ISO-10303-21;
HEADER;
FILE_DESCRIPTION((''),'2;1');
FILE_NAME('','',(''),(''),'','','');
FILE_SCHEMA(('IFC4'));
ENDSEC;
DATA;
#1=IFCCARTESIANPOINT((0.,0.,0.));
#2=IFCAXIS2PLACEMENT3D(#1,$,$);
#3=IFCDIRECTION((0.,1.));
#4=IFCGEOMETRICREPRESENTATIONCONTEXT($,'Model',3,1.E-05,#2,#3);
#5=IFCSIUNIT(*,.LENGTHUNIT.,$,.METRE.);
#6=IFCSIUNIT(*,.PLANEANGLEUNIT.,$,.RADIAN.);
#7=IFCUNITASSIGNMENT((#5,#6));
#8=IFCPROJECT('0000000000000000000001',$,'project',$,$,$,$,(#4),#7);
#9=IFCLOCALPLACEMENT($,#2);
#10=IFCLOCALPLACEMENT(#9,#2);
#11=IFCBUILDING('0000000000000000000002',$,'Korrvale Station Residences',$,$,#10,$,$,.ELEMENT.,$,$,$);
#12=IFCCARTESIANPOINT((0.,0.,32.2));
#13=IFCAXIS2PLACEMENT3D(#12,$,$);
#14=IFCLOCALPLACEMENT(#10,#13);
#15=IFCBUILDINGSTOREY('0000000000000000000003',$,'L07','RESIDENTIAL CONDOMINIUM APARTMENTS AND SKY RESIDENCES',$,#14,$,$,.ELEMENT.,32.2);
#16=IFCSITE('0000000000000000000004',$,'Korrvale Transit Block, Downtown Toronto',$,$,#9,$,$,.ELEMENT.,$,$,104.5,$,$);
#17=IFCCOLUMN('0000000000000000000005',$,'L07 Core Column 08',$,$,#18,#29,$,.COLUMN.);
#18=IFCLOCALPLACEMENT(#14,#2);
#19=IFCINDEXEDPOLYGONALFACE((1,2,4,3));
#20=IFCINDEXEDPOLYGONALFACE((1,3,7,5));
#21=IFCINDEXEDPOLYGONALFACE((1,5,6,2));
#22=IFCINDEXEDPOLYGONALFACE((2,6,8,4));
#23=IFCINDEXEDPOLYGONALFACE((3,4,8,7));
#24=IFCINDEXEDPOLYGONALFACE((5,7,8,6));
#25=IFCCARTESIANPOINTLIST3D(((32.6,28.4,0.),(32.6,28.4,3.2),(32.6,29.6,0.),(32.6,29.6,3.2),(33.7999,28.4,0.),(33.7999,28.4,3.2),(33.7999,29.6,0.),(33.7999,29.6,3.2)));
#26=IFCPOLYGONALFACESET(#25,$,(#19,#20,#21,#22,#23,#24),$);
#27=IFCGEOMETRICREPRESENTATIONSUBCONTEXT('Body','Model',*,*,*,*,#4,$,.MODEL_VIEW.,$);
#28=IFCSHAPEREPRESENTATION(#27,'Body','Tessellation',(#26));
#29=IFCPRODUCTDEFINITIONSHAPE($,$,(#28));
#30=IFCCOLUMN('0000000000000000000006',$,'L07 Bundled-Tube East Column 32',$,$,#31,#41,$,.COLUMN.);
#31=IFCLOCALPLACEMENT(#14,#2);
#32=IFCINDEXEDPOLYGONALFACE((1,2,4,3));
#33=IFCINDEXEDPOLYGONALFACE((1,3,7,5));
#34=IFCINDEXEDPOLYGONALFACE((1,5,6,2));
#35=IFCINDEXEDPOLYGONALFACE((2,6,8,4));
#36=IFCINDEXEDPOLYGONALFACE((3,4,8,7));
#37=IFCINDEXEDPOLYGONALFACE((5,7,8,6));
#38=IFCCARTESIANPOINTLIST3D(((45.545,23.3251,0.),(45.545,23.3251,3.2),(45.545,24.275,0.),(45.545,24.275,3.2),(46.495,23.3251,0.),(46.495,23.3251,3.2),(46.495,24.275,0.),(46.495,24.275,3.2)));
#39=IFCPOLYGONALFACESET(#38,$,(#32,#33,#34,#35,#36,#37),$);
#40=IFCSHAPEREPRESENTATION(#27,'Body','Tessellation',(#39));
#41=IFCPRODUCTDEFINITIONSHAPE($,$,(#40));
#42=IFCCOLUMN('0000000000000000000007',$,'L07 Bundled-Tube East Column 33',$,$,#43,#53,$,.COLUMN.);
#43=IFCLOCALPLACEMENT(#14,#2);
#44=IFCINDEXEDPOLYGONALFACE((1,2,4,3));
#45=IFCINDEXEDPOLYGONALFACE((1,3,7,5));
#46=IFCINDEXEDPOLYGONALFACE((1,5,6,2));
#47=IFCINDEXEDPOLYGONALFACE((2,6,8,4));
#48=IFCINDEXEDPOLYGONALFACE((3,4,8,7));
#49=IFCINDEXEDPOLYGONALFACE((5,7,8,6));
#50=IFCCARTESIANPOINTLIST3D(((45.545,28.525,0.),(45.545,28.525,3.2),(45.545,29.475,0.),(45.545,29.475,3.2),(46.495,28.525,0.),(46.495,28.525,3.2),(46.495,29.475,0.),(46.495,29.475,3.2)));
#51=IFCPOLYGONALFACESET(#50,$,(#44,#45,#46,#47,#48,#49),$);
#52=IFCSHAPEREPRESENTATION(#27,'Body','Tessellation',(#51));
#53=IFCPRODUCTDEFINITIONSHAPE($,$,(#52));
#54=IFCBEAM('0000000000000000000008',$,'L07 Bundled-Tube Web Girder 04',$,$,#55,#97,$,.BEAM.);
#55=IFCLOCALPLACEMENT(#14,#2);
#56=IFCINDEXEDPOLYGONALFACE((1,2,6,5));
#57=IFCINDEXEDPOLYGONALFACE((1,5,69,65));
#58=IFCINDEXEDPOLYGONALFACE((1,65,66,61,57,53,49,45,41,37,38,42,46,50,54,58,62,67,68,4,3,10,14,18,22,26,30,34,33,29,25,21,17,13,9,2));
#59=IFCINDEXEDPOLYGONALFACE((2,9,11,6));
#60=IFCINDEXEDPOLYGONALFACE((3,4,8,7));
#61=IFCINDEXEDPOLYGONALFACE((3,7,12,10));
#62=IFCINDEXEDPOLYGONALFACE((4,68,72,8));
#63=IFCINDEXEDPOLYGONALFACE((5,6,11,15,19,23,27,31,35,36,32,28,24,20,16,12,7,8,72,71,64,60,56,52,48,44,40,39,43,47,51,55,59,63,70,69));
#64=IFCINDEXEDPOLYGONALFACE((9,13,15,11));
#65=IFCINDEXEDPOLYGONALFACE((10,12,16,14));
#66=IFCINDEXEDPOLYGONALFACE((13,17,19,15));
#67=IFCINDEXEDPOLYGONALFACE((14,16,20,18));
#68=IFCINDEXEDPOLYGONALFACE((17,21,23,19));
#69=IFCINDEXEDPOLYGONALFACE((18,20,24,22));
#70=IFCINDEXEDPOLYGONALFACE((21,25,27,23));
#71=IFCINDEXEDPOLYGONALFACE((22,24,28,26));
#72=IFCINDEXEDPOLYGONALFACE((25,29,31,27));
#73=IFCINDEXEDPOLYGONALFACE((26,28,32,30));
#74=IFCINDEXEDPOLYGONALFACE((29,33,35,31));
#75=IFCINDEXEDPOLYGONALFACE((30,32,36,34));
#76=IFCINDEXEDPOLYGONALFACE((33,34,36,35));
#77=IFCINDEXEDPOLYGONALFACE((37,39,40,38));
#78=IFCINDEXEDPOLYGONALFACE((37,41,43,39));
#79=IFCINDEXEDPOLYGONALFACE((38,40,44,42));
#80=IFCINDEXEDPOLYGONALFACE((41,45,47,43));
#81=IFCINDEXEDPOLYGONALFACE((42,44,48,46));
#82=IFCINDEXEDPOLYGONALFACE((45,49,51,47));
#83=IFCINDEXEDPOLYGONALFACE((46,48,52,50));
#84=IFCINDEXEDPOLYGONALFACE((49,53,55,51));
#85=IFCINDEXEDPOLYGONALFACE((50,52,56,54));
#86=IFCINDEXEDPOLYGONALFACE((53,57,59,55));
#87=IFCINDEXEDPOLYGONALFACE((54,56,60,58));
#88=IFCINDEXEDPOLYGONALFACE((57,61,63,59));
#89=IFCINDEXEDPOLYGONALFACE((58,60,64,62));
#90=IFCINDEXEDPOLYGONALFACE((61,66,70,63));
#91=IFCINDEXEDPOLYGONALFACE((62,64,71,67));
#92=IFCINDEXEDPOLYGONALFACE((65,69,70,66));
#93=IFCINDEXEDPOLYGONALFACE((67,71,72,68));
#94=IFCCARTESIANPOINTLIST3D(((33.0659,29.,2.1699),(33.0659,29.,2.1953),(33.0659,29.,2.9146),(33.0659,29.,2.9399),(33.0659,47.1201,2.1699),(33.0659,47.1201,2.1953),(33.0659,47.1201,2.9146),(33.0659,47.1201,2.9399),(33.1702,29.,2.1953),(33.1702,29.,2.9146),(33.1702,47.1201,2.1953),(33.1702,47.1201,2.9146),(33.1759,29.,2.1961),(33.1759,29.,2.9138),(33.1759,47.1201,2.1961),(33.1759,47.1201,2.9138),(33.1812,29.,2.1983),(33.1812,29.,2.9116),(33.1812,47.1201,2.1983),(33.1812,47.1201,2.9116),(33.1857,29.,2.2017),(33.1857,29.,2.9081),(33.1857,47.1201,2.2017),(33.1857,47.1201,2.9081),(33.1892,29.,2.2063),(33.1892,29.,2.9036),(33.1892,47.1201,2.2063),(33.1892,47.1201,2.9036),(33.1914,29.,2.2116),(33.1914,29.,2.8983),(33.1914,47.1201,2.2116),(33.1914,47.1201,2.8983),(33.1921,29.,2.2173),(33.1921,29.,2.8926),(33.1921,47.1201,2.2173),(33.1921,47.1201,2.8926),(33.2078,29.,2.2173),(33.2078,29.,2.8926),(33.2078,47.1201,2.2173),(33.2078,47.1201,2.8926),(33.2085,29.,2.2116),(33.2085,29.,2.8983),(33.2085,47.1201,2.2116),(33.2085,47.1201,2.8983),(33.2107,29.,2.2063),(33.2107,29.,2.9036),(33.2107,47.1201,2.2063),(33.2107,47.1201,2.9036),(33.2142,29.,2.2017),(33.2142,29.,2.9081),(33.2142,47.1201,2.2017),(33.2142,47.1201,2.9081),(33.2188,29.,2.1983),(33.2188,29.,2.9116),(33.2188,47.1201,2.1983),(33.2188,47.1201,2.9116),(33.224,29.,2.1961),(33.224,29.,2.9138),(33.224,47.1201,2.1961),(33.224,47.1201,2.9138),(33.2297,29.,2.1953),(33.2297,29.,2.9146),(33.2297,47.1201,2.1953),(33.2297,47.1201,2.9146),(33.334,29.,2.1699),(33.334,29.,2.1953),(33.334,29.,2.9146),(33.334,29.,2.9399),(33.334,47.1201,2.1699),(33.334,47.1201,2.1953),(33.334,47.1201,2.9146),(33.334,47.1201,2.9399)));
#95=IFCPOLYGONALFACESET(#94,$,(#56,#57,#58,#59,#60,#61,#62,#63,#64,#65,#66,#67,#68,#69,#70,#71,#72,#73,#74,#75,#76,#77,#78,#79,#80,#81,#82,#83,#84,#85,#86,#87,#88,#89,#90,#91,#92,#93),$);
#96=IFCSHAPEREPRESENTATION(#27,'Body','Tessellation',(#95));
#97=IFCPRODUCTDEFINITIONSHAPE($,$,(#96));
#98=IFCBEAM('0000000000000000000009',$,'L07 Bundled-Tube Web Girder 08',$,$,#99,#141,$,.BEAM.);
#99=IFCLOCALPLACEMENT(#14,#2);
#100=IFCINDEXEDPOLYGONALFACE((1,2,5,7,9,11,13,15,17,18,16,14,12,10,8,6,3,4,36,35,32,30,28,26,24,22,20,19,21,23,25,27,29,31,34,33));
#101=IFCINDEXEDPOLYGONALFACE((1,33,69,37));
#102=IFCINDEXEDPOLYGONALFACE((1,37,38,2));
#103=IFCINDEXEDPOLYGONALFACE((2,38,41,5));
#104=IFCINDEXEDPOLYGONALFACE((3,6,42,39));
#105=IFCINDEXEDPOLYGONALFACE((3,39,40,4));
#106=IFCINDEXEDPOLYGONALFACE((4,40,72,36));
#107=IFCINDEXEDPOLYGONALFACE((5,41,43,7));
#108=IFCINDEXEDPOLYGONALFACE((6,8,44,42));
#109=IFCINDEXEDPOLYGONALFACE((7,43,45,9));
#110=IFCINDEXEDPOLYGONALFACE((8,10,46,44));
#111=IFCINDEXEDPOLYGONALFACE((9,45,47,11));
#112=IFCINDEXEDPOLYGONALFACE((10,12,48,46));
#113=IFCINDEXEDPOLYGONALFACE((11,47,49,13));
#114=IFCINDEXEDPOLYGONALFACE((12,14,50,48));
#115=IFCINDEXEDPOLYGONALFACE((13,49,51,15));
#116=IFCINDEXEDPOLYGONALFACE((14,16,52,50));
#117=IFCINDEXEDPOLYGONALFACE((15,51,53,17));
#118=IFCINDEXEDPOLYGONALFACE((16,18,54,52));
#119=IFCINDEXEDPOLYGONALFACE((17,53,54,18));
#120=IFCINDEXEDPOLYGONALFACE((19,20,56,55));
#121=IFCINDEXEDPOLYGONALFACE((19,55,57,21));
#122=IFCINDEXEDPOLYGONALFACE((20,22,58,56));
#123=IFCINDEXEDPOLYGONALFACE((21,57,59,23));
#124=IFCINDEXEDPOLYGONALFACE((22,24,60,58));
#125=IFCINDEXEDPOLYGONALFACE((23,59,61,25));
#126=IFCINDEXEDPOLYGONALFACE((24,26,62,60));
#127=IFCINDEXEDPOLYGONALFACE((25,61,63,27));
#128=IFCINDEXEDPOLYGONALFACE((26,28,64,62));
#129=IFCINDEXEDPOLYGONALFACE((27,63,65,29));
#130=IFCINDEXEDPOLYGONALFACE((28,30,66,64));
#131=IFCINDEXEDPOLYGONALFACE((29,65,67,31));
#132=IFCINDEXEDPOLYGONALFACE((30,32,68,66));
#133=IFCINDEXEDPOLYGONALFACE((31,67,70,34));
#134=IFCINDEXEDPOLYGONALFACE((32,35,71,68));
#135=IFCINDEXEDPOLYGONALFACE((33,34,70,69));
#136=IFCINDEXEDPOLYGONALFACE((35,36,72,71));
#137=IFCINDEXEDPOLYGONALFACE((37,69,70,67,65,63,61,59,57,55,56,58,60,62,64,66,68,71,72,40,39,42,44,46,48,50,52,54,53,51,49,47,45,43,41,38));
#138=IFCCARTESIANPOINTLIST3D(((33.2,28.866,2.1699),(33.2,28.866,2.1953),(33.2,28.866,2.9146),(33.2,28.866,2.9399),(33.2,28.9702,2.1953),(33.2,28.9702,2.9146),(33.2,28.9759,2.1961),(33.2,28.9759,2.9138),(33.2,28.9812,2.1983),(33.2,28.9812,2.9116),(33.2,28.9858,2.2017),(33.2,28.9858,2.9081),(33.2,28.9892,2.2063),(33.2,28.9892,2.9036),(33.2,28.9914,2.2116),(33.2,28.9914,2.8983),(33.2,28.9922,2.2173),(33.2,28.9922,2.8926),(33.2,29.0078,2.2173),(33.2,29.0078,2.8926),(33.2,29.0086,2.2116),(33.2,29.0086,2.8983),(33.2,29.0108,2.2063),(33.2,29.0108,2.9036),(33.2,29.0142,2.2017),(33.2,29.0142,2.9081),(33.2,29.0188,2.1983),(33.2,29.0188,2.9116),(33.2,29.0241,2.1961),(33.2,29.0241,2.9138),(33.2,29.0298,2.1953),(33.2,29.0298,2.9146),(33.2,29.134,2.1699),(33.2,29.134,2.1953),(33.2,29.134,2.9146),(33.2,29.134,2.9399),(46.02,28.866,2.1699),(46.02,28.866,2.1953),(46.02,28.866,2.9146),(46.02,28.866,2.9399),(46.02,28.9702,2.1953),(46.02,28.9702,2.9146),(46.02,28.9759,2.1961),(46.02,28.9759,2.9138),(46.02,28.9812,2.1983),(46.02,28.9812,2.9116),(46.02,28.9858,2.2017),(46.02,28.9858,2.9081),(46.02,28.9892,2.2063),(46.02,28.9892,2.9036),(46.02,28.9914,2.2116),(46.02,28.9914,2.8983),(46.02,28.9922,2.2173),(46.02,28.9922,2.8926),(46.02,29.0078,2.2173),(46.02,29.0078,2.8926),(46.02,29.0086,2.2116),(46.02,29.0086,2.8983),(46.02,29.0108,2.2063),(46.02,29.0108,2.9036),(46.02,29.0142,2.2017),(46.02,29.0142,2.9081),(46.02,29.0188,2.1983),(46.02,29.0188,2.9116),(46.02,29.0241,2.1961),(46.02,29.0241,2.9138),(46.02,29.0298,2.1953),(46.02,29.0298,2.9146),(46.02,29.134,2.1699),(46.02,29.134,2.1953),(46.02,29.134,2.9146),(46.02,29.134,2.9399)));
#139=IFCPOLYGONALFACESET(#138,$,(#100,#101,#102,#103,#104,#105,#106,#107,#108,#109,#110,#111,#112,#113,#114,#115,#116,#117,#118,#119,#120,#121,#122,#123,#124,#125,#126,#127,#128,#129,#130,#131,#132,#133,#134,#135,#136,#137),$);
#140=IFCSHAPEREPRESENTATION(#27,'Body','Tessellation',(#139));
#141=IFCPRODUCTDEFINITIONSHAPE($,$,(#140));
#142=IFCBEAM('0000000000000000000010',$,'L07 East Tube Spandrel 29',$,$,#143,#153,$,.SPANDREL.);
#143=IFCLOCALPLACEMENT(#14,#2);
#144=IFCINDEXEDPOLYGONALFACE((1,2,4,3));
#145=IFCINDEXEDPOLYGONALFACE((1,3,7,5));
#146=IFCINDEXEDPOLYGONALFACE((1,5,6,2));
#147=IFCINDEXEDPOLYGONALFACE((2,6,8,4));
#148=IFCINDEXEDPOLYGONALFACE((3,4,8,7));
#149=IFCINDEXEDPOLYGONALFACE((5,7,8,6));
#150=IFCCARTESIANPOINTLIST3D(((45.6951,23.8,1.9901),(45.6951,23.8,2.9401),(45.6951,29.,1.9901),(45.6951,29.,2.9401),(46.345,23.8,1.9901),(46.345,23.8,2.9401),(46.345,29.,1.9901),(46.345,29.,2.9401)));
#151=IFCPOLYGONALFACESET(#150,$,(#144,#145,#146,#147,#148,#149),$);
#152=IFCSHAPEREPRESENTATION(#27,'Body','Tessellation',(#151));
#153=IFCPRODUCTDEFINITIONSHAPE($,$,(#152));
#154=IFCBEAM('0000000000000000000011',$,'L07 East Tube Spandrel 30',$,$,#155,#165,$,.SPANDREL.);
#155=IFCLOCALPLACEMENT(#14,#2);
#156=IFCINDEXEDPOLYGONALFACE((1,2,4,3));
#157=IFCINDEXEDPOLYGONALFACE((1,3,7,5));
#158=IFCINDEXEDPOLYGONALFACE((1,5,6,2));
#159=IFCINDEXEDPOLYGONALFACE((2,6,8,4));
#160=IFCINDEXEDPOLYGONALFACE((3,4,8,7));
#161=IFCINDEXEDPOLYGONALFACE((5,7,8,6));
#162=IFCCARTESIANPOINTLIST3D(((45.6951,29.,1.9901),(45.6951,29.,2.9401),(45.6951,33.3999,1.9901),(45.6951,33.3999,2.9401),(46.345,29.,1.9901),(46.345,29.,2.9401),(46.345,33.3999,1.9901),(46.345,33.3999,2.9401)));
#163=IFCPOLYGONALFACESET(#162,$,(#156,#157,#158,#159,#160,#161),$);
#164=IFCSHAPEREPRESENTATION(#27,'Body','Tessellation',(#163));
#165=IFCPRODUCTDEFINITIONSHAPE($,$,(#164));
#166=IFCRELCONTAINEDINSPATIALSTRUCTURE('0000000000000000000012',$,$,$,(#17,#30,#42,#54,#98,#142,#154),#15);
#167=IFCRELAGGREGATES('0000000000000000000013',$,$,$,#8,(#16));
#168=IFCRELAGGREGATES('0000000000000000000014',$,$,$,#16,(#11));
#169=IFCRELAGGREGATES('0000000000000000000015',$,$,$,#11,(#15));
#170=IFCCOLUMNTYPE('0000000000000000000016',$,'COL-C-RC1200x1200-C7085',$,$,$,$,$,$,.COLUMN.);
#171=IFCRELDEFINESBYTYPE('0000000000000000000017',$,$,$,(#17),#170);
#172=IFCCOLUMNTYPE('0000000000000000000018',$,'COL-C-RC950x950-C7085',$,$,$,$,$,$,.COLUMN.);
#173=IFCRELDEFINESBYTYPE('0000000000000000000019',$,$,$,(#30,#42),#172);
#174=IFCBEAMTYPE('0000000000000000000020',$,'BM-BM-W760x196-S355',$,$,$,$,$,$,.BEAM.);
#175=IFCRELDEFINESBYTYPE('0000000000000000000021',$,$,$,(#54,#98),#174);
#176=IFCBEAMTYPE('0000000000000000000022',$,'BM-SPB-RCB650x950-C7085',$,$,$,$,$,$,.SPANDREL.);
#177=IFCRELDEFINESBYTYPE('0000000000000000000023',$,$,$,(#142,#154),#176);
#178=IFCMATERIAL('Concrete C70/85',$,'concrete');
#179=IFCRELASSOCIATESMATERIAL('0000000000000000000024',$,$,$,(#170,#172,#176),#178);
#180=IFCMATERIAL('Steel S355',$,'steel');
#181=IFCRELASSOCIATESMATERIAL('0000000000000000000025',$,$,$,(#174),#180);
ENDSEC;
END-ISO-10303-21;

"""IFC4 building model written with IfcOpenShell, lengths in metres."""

from ifc_helpers import new_model, si_unit, direction, frame, origin, origin_2d, place, context, subcontext, project, spatial, rectangle, i_section, extrude, material, material_profile, profile_set, type_object, element, save


model = new_model("IFC4")

# Units and contexts
model_context = context("Model", 3, precision=1e-05, world=origin(), true_north=direction((0.0, 1.0)))
body_context = subcontext(model_context, "Body", "Model", "MODEL_VIEW")
ifc_project = project(units=[si_unit("LENGTHUNIT", "METRE"), si_unit("PLANEANGLEUNIT", "RADIAN")], contexts=[model_context])

# Site, building, storey
site_placement = place(None, origin())
site = spatial("IfcSite", under=ifc_project, at=site_placement, Name="Korrvale Transit Block, Downtown Toronto", CompositionType="ELEMENT", RefElevation=104.5)
building_placement = place(site_placement, origin())
building = spatial("IfcBuilding", under=site, at=building_placement, Name="Korrvale Station Residences", CompositionType="ELEMENT")
storey_placement = place(building_placement, frame((0.0, 0.0, 32.2)))
storey = spatial("IfcBuildingStorey", under=building, at=storey_placement, Name="L07", Description="RESIDENTIAL CONDOMINIUM APARTMENTS AND SKY RESIDENCES", CompositionType="ELEMENT", Elevation=32.2)

# Columns
ifc_material_1 = material(Name="Concrete C70/85", Category="concrete")
ifc_material_profile_1 = material_profile(ifc_material_1, rectangle(XDim=1.2, YDim=1.2, at=origin_2d()), Name="RC1200x1200")
ifc_profile_set_1 = profile_set([ifc_material_profile_1], Name="Concrete C70/85")
column_type_1 = type_object("IfcColumnType", Name="COL-C-RC1200x1200-C7085", PredefinedType="COLUMN", material=ifc_profile_set_1)
column_placement = place(storey_placement, frame((33.2, 29.0, 0.0), z_axis=(0.0, 0.0, 1.0), x_axis=(1.0, 0.0, 0.0)))
element("IfcColumn", 1, at=column_placement, inside=storey, type_object=column_type_1, Name="L07 Core Column 08", PredefinedType="COLUMN", context=body_context, shape_type="SweptSolid", body=[
    extrude(rectangle(XDim=1.2, YDim=1.2, at=origin_2d()), origin(), (0.0, 0.0, 1.0), 3.2),
])
ifc_material_profile_2 = material_profile(ifc_material_1, rectangle(XDim=0.95, YDim=0.95, at=origin_2d()), Name="RC950x950")
ifc_profile_set_2 = profile_set([ifc_material_profile_2], Name="Concrete C70/85")
column_type_2 = type_object("IfcColumnType", Name="COL-C-RC950x950-C7085", PredefinedType="COLUMN", material=ifc_profile_set_2)
for number, where, z_axis, x_axis, name in (
    (2, (46.02, 23.8, 0.0), (0.0, 0.0, 1.0), (1.0, 0.0, 0.0), "L07 Bundled-Tube East Column 32"),
    (3, (46.02, 29.0, 0.0), (0.0, 0.0, 1.0), (1.0, 0.0, 0.0), "L07 Bundled-Tube East Column 33"),
):
    element("IfcColumn", number, at=place(storey_placement, frame(where, z_axis=z_axis, x_axis=x_axis)), inside=storey, type_object=column_type_2, Name=name, PredefinedType="COLUMN", context=body_context, shape_type="SweptSolid", body=[
        extrude(rectangle(XDim=0.95, YDim=0.95, at=origin_2d()), origin(), (0.0, 0.0, 1.0), 3.2),
    ])

# Beams
ifc_material_2 = material(Name="Steel S355", Category="steel")
ifc_material_profile_3 = material_profile(ifc_material_2, i_section(OverallWidth=0.2681, OverallDepth=0.77, WebThickness=0.0156, FlangeThickness=0.0254, FilletRadius=0.022, at=origin_2d()), Name="W760x196")
ifc_profile_set_3 = profile_set([ifc_material_profile_3], Name="Steel S355")
beam_type_1 = type_object("IfcBeamType", Name="BM-BM-W760x196-S355", PredefinedType="BEAM", material=ifc_profile_set_3)
beam_1_placement = place(storey_placement, frame((33.2, 29.0, 2.5549), z_axis=(0.0, 1.0, 0.0), x_axis=(-1.0, 0.0, 0.0)))
element("IfcBeam", 4, at=beam_1_placement, inside=storey, type_object=beam_type_1, Name="L07 Bundled-Tube Web Girder 04", PredefinedType="BEAM", context=body_context, shape_type="SweptSolid", body=[
    extrude(i_section(OverallWidth=0.2681, OverallDepth=0.77, WebThickness=0.0156, FlangeThickness=0.0254, FilletRadius=0.022, at=origin_2d()), origin(), (0.0, 0.0, 1.0), 18.1201),
])
beam_2_placement = place(storey_placement, frame((33.2, 29.0, 2.5549), z_axis=(1.0, 0.0, 0.0), x_axis=(0.0, 1.0, 0.0)))
element("IfcBeam", 5, at=beam_2_placement, inside=storey, type_object=beam_type_1, Name="L07 Bundled-Tube Web Girder 08", PredefinedType="BEAM", context=body_context, shape_type="SweptSolid", body=[
    extrude(i_section(OverallWidth=0.2681, OverallDepth=0.77, WebThickness=0.0156, FlangeThickness=0.0254, FilletRadius=0.022, at=origin_2d()), origin(), (0.0, 0.0, 1.0), 12.8201),
])
ifc_material_profile_4 = material_profile(ifc_material_1, rectangle(XDim=0.6499, YDim=0.95, at=origin_2d()), Name="RCB650x950")
ifc_profile_set_4 = profile_set([ifc_material_profile_4], Name="Concrete C70/85")
beam_type_2 = type_object("IfcBeamType", Name="BM-SPB-RCB650x950-C7085", PredefinedType="SPANDREL", material=ifc_profile_set_4)
beam_3_placement = place(storey_placement, frame((46.02, 23.8, 2.4651), z_axis=(0.0, 1.0, 0.0), x_axis=(-1.0, 0.0, 0.0)))
element("IfcBeam", 6, at=beam_3_placement, inside=storey, type_object=beam_type_2, Name="L07 East Tube Spandrel 29", PredefinedType="SPANDREL", context=body_context, shape_type="SweptSolid", body=[
    extrude(rectangle(XDim=0.6499, YDim=0.95, at=origin_2d()), origin(), (0.0, 0.0, 1.0), 5.2),
])
beam_4_placement = place(storey_placement, frame((46.02, 29.0, 2.4651), z_axis=(0.0, 1.0, 0.0), x_axis=(-1.0, 0.0, 0.0)))
element("IfcBeam", 7, at=beam_4_placement, inside=storey, type_object=beam_type_2, Name="L07 East Tube Spandrel 30", PredefinedType="SPANDREL", context=body_context, shape_type="SweptSolid", body=[
    extrude(rectangle(XDim=0.6499, YDim=0.95, at=origin_2d()), origin(), (0.0, 0.0, 1.0), 4.3999),
])

save(model, "model.ifc")
